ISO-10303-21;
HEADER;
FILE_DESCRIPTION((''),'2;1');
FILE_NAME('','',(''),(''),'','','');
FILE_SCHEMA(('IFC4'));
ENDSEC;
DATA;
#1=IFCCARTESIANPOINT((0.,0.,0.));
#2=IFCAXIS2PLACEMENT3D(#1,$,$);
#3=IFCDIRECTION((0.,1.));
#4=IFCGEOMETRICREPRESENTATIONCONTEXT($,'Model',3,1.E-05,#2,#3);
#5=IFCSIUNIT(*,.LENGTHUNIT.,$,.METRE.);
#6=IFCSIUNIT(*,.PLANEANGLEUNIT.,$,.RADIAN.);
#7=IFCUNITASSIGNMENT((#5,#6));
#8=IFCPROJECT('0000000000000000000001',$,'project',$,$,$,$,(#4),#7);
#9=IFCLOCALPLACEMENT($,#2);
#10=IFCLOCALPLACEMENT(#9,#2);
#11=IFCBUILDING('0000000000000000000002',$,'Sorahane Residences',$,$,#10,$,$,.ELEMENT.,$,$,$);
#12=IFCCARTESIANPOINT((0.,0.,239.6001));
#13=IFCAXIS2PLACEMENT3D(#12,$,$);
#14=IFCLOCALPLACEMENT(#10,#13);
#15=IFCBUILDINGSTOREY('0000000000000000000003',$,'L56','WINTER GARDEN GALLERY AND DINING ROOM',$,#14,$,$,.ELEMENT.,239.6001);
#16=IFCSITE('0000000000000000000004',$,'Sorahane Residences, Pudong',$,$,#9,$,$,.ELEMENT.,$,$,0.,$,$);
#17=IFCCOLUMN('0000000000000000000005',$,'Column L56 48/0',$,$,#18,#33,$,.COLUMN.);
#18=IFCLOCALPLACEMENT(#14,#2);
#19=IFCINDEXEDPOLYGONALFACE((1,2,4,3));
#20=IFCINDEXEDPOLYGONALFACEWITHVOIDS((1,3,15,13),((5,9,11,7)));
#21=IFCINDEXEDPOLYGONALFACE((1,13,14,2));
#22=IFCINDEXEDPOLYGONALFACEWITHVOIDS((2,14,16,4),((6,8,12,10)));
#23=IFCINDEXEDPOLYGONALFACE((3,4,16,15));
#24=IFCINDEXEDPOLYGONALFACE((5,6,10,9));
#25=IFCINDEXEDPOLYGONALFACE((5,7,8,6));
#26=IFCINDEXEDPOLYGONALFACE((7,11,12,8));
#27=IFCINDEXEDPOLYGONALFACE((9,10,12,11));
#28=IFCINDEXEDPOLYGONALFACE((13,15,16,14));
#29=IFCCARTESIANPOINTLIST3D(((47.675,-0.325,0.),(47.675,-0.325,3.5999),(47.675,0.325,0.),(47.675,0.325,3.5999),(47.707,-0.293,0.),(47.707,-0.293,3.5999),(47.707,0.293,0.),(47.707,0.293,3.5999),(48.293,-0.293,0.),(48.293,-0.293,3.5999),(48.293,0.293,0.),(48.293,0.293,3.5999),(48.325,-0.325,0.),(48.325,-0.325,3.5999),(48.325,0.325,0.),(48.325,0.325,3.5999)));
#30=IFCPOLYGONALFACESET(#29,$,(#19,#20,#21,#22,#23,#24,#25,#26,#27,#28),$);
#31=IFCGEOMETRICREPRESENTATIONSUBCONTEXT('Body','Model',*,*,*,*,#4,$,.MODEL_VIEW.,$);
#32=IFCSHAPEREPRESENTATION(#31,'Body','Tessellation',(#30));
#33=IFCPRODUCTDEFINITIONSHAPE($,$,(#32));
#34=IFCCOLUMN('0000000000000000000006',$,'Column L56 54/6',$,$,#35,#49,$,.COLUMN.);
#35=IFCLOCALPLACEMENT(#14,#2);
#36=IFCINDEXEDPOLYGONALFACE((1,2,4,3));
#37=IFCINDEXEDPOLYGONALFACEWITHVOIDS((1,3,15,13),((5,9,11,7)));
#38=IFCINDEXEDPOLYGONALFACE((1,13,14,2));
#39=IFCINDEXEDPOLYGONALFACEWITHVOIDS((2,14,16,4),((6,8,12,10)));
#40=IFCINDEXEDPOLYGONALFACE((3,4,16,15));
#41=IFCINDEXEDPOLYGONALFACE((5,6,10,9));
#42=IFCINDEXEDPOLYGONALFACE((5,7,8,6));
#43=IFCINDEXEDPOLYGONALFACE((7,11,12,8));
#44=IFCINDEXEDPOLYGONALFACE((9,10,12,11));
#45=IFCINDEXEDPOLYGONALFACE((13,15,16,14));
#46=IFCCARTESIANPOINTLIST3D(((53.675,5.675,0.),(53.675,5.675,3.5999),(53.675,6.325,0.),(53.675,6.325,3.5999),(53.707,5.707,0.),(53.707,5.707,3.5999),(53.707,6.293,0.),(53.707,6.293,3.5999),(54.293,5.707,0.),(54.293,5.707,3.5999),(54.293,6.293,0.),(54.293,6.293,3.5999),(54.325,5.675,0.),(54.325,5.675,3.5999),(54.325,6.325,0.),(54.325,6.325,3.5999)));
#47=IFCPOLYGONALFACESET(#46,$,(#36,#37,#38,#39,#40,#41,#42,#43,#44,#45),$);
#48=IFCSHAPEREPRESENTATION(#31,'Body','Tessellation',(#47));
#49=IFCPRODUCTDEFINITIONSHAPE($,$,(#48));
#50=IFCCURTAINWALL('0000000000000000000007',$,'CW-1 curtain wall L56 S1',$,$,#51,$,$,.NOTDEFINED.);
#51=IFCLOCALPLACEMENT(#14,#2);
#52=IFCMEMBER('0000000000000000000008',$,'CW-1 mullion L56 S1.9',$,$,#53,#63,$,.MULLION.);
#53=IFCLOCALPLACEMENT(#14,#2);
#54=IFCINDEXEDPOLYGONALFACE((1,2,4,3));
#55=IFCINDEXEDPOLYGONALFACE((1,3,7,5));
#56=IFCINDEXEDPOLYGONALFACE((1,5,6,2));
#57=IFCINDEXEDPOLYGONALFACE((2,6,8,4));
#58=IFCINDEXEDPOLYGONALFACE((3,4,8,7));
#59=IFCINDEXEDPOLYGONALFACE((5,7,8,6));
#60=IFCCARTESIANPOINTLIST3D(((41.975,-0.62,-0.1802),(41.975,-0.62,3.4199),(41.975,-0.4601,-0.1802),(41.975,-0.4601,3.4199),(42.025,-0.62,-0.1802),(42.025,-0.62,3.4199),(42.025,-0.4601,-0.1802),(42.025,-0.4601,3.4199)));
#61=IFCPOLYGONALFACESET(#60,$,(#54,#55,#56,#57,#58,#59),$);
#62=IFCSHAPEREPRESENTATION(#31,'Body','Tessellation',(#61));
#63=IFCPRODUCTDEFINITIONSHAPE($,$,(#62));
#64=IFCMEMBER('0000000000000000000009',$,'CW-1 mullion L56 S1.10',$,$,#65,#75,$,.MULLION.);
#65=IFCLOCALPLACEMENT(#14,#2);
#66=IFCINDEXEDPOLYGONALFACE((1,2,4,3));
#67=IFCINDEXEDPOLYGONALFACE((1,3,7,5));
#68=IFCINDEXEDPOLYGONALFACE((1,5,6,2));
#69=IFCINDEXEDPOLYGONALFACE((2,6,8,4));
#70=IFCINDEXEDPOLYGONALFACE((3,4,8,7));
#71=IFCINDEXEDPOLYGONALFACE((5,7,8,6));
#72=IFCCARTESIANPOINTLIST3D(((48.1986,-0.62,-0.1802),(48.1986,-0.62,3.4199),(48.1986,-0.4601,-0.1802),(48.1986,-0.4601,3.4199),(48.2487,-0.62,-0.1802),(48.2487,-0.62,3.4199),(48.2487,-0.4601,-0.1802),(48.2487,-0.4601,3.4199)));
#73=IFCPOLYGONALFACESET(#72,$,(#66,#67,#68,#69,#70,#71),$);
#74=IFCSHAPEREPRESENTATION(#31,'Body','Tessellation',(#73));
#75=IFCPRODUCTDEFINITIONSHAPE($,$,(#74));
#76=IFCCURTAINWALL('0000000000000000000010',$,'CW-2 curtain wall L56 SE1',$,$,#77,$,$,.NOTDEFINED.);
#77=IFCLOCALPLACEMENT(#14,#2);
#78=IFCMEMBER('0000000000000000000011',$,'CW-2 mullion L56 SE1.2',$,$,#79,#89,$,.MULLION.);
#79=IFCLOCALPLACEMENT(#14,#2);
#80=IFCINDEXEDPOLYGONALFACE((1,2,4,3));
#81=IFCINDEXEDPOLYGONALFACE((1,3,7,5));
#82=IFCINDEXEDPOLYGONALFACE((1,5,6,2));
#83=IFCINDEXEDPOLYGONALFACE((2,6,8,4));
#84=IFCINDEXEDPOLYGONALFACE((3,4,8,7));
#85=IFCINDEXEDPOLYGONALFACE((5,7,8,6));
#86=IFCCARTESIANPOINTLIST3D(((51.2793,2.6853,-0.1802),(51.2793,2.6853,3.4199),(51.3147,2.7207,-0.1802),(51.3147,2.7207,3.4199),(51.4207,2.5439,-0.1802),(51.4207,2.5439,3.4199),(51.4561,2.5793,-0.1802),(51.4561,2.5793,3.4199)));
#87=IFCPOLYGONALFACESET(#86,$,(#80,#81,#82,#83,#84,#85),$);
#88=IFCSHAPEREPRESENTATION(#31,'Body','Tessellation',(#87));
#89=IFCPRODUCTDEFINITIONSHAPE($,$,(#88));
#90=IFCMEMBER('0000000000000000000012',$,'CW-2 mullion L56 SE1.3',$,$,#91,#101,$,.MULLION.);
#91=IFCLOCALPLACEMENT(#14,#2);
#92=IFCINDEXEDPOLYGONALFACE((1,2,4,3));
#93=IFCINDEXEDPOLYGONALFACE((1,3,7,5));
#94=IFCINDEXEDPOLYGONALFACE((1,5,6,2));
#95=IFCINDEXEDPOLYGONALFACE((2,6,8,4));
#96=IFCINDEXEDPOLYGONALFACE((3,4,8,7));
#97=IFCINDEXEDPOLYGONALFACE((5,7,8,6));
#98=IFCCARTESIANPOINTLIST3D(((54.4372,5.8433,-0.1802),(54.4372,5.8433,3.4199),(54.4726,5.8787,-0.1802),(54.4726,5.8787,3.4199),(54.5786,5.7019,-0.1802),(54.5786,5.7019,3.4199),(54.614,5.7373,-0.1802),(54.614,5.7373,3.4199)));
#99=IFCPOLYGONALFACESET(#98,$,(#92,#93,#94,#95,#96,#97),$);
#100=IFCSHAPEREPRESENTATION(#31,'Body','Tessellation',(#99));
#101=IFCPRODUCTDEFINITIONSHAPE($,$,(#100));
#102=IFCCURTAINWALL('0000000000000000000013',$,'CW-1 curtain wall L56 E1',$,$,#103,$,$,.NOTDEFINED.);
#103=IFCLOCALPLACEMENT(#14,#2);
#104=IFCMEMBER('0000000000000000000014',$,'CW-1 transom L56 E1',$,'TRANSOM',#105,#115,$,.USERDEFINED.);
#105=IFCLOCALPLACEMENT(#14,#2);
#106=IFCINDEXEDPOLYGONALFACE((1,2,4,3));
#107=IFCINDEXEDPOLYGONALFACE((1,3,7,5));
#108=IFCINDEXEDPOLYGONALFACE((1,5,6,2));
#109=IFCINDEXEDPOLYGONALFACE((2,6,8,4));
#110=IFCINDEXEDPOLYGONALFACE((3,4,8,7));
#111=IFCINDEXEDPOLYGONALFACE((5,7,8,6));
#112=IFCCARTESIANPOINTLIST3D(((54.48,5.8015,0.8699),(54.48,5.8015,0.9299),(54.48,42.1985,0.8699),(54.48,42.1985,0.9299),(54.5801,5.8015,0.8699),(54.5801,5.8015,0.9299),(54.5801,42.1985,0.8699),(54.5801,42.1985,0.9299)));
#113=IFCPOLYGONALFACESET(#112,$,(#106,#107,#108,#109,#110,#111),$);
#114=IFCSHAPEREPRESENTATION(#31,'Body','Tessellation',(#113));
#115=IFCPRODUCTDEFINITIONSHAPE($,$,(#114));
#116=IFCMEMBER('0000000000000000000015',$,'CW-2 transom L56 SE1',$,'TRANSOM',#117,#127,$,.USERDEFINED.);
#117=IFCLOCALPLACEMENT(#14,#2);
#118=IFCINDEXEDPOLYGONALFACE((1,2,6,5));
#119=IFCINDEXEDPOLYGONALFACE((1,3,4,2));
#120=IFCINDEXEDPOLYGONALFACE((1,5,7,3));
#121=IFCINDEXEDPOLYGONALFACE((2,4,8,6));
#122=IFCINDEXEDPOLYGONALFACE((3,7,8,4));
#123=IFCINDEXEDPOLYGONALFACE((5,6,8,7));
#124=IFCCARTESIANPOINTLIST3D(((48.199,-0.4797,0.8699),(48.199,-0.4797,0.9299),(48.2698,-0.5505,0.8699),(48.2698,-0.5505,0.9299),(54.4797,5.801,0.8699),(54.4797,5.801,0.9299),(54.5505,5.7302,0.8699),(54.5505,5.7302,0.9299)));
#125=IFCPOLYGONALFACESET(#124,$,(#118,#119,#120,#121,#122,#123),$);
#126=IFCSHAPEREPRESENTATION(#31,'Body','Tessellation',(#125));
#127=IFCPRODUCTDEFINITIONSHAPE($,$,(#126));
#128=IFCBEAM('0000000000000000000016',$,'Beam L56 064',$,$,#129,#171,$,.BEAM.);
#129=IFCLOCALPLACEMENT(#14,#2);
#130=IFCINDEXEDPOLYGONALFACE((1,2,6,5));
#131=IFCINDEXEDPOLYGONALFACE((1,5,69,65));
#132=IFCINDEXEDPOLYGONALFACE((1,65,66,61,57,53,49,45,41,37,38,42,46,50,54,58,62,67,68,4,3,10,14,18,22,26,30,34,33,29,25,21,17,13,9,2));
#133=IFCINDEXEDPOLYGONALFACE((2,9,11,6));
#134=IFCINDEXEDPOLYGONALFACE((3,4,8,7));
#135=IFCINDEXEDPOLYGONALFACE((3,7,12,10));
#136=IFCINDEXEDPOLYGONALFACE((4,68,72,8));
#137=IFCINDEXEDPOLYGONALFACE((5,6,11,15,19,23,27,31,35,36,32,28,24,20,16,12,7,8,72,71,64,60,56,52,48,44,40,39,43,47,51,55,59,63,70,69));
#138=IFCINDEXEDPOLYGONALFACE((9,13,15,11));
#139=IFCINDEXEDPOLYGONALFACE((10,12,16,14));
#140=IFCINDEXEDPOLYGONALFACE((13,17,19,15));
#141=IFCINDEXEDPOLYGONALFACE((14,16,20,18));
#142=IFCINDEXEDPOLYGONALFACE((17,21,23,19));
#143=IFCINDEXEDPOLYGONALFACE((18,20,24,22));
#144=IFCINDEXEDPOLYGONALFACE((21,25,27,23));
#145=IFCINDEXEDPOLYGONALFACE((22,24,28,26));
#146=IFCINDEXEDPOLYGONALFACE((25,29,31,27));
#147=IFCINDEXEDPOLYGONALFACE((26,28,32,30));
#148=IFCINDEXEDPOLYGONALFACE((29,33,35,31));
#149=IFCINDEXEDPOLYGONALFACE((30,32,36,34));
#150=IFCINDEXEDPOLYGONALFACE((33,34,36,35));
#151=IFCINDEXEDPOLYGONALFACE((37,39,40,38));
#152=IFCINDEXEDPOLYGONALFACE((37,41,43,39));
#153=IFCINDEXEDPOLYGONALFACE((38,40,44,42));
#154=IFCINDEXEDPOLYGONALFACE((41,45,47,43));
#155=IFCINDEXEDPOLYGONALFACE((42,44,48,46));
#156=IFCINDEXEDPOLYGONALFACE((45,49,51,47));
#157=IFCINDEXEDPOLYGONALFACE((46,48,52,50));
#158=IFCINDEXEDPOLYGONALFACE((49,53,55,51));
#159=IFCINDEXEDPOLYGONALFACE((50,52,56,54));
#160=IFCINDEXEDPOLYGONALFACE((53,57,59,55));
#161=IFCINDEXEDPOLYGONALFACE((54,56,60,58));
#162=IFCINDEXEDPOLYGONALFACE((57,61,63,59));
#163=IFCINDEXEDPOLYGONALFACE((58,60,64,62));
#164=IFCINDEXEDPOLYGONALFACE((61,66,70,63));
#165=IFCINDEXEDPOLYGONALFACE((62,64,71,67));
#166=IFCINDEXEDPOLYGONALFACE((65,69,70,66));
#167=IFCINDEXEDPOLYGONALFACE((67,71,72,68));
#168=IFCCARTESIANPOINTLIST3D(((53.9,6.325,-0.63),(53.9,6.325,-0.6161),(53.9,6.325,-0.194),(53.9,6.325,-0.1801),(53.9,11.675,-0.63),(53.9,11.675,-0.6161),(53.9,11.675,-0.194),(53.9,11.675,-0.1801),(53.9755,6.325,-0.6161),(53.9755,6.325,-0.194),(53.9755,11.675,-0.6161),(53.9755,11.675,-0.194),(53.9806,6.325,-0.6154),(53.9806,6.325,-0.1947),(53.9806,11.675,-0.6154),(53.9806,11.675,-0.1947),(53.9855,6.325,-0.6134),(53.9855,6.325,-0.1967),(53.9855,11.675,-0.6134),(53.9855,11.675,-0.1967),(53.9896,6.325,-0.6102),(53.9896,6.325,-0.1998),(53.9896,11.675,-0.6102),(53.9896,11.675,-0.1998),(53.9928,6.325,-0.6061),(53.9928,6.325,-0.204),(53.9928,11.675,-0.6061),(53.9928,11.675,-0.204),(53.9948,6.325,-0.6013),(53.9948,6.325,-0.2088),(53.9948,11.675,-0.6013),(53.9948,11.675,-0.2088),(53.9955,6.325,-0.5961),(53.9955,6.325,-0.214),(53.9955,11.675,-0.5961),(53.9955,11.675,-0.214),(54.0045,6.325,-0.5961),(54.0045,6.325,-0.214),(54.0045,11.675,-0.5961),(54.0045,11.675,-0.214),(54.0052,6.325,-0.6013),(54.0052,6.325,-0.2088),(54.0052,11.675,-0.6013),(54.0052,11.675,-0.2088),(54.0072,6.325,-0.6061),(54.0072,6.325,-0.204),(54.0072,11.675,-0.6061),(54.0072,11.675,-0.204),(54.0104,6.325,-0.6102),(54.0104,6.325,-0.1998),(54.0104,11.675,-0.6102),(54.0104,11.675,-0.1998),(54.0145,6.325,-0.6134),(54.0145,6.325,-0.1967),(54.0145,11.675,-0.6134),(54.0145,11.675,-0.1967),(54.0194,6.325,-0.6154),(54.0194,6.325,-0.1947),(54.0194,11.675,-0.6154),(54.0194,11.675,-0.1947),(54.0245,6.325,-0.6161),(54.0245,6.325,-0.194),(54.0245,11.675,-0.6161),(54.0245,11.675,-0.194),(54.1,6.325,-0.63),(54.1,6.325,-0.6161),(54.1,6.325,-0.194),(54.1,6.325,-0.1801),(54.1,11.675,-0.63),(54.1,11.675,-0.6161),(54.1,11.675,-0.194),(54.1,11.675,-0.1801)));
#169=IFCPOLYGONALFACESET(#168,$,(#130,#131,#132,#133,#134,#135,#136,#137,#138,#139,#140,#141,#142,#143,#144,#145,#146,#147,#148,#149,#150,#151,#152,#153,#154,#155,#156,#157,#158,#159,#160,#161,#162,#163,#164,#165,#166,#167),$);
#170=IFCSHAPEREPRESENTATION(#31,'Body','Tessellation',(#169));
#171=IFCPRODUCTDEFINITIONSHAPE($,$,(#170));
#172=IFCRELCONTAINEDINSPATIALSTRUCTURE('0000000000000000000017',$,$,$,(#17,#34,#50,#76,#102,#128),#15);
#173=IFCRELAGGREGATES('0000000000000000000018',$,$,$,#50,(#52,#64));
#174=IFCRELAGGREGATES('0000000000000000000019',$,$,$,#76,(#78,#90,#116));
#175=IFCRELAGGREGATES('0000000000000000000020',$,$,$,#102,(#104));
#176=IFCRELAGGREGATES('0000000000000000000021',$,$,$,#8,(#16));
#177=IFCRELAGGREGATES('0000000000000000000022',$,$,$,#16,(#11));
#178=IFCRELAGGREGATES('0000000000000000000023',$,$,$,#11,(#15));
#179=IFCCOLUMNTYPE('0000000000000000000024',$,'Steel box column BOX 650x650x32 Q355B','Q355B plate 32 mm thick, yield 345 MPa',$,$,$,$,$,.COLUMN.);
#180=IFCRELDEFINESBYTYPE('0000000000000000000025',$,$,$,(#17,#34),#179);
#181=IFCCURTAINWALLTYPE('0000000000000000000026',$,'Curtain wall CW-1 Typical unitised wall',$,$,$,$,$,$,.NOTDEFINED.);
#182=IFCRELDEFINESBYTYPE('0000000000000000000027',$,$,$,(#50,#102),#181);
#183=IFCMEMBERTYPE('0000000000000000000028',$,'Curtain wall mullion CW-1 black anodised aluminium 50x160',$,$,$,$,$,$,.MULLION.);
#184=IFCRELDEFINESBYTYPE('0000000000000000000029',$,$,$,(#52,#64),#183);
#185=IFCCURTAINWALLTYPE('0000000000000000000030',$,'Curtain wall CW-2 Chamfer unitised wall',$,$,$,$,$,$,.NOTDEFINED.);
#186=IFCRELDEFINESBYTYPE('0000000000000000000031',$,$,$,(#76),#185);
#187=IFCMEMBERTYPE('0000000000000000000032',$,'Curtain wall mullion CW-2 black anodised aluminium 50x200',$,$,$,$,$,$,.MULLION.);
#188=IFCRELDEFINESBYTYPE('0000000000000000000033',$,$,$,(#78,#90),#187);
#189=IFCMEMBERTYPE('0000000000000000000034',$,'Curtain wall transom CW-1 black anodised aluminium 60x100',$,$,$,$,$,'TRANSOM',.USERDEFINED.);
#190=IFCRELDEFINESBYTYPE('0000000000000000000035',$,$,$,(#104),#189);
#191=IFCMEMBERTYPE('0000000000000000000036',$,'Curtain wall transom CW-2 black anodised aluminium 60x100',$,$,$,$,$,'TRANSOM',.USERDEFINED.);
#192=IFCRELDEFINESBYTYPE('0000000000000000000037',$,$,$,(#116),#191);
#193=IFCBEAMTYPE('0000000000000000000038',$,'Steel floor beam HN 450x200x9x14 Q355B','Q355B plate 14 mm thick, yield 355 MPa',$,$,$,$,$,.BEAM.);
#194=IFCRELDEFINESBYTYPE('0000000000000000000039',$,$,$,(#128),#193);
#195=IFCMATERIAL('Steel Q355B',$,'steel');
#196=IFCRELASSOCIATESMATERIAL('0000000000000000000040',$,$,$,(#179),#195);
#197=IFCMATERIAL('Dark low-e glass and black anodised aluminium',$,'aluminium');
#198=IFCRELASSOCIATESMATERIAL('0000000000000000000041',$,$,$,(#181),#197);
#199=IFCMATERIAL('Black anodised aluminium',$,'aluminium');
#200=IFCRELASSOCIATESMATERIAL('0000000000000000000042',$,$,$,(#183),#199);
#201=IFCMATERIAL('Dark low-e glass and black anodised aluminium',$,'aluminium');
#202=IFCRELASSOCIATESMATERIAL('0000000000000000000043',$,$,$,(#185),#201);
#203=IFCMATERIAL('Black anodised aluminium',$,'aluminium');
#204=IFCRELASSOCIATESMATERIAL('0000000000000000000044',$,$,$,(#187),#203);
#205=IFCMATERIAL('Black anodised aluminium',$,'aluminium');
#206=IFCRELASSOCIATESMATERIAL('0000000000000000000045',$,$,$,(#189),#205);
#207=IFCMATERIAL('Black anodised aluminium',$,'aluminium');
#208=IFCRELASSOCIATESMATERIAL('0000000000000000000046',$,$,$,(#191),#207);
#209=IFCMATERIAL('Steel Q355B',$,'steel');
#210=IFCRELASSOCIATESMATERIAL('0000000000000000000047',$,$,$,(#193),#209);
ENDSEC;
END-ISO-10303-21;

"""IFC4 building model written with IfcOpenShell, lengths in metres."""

from ifc_helpers import new_model, si_unit, direction, frame, origin, origin_2d, place, context, subcontext, project, spatial, rectangle, hollow_rectangle, i_section, extrude, material, material_profile, profile_set, type_object, element, aggregate, save


model = new_model("IFC4")

# Units and contexts
model_context = context("Model", 3, precision=1e-05, world=origin(), true_north=direction((0.0, 1.0)))
body_context = subcontext(model_context, "Body", "Model", "MODEL_VIEW")
ifc_project = project(units=[si_unit("LENGTHUNIT", "METRE"), si_unit("PLANEANGLEUNIT", "RADIAN")], contexts=[model_context])

# Site, building, storey
site_placement = place(None, origin())
site = spatial("IfcSite", under=ifc_project, at=site_placement, Name="Sorahane Residences, Pudong", CompositionType="ELEMENT", RefElevation=0.0)
building_placement = place(site_placement, origin())
building = spatial("IfcBuilding", under=site, at=building_placement, Name="Sorahane Residences", CompositionType="ELEMENT")
storey_placement = place(building_placement, frame((0.0, 0.0, 239.6001)))
storey = spatial("IfcBuildingStorey", under=building, at=storey_placement, Name="L56", Description="WINTER GARDEN GALLERY AND DINING ROOM", CompositionType="ELEMENT", Elevation=239.6001)

# Columns
ifc_material_1 = material(Name="Steel Q355B", Category="steel")
ifc_material_profile_1 = material_profile(ifc_material_1, hollow_rectangle(XDim=0.6499, YDim=0.6499, WallThickness=0.032, at=origin_2d()), Name="BOX 650x650x32")
ifc_profile_set_1 = profile_set([ifc_material_profile_1], Name="Steel Q355B")
column_type = type_object("IfcColumnType", Name="Steel box column BOX 650x650x32 Q355B", Description="Q355B plate 32 mm thick, yield 345 MPa", PredefinedType="COLUMN", material=ifc_profile_set_1)
for number, where, z_axis, x_axis, name in (
    (1, (48.0, 0.0, 0.0), (0.0, 0.0, 1.0), (1.0, 0.0, 0.0), "Column L56 48/0"),
    (2, (54.0, 6.0, 0.0), (0.0, 0.0, 1.0), (1.0, 0.0, 0.0), "Column L56 54/6"),
):
    element("IfcColumn", number, at=place(storey_placement, frame(where, z_axis=z_axis, x_axis=x_axis)), inside=storey, type_object=column_type, Name=name, PredefinedType="COLUMN", context=body_context, shape_type="SweptSolid", body=[
        extrude(hollow_rectangle(XDim=0.6499, YDim=0.6499, WallThickness=0.032, at=origin_2d()), origin(), (0.0, 0.0, 1.0), 3.5999),
    ])

# Curtain walls, members
ifc_material_2 = material(Name="Dark low-e glass and black anodised aluminium", Category="aluminium")
curtain_wall_type_1 = type_object("IfcCurtainWallType", Name="Curtain wall CW-1 Typical unitised wall", PredefinedType="NOTDEFINED", material=ifc_material_2)
curtain_wall_1_placement = place(storey_placement, origin())
curtain_wall_1 = element("IfcCurtainWall", 3, at=curtain_wall_1_placement, inside=storey, type_object=curtain_wall_type_1, Name="CW-1 curtain wall L56 S1", PredefinedType="NOTDEFINED")
ifc_material_3 = material(Name="Black anodised aluminium", Category="aluminium")
ifc_material_profile_2 = material_profile(ifc_material_3, rectangle(XDim=0.1599, YDim=0.05, at=origin_2d()), Name="Curtain wall mullion CW-1 black anodised aluminium 50x160")
ifc_profile_set_2 = profile_set([ifc_material_profile_2], Name="Black anodised aluminium")
member_type_1 = type_object("IfcMemberType", Name="Curtain wall mullion CW-1 black anodised aluminium 50x160", PredefinedType="MULLION", material=ifc_profile_set_2)
member_1_placement = place(storey_placement, frame((42.0, -0.54, -0.1802), z_axis=(0.0, 0.0, 1.0), x_axis=(0.0, -1.0, 0.0)))
member_1 = element("IfcMember", 4, at=member_1_placement, type_object=member_type_1, Name="CW-1 mullion L56 S1.9", PredefinedType="MULLION", context=body_context, shape_type="SweptSolid", body=[
    extrude(rectangle(XDim=0.1599, YDim=0.05, at=origin_2d()), origin(), (0.0, 0.0, 1.0), 3.6001),
])
member_2_placement = place(storey_placement, frame((48.2236, -0.54, -0.1802), z_axis=(0.0, 0.0, 1.0), x_axis=(0.0, -1.0, 0.0)))
member_2 = element("IfcMember", 5, at=member_2_placement, type_object=member_type_1, Name="CW-1 mullion L56 S1.10", PredefinedType="MULLION", context=body_context, shape_type="SweptSolid", body=[
    extrude(rectangle(XDim=0.1599, YDim=0.05, at=origin_2d()), origin(), (0.0, 0.0, 1.0), 3.6001),
])
ifc_material_4 = material(Name="Dark low-e glass and black anodised aluminium", Category="aluminium")
curtain_wall_type_2 = type_object("IfcCurtainWallType", Name="Curtain wall CW-2 Chamfer unitised wall", PredefinedType="NOTDEFINED", material=ifc_material_4)
curtain_wall_2_placement = place(storey_placement, origin())
curtain_wall_2 = element("IfcCurtainWall", 6, at=curtain_wall_2_placement, inside=storey, type_object=curtain_wall_type_2, Name="CW-2 curtain wall L56 SE1", PredefinedType="NOTDEFINED")
ifc_material_5 = material(Name="Black anodised aluminium", Category="aluminium")
ifc_material_profile_3 = material_profile(ifc_material_5, rectangle(XDim=0.2, YDim=0.05, at=origin_2d()), Name="Curtain wall mullion CW-2 black anodised aluminium 50x200")
ifc_profile_set_3 = profile_set([ifc_material_profile_3], Name="Black anodised aluminium")
member_type_2 = type_object("IfcMemberType", Name="Curtain wall mullion CW-2 black anodised aluminium 50x200", PredefinedType="MULLION", material=ifc_profile_set_3)
member_3_placement = place(storey_placement, frame((51.3677, 2.6323, -0.1802), z_axis=(0.0, 0.0, 1.0), x_axis=(0.707107, -0.707107, 0.0)))
member_3 = element("IfcMember", 7, at=member_3_placement, type_object=member_type_2, Name="CW-2 mullion L56 SE1.2", PredefinedType="MULLION", context=body_context, shape_type="SweptSolid", body=[
    extrude(rectangle(XDim=0.2, YDim=0.05, at=origin_2d()), origin(), (0.0, 0.0, 1.0), 3.6001),
])
member_4_placement = place(storey_placement, frame((54.5256, 5.7903, -0.1802), z_axis=(0.0, 0.0, 1.0), x_axis=(0.707107, -0.707107, 0.0)))
member_4 = element("IfcMember", 8, at=member_4_placement, type_object=member_type_2, Name="CW-2 mullion L56 SE1.3", PredefinedType="MULLION", context=body_context, shape_type="SweptSolid", body=[
    extrude(rectangle(XDim=0.2, YDim=0.05, at=origin_2d()), origin(), (0.0, 0.0, 1.0), 3.6001),
])

# Curtain wall, member
curtain_wall_3_placement = place(storey_placement, origin())
curtain_wall_3 = element("IfcCurtainWall", 9, at=curtain_wall_3_placement, inside=storey, type_object=curtain_wall_type_1, Name="CW-1 curtain wall L56 E1", PredefinedType="NOTDEFINED")
ifc_material_6 = material(Name="Black anodised aluminium", Category="aluminium")
ifc_material_profile_4 = material_profile(ifc_material_6, rectangle(XDim=0.1001, YDim=0.0601, at=origin_2d()), Name="Curtain wall transom CW-1 black anodised aluminium 60x100")
ifc_profile_set_4 = profile_set([ifc_material_profile_4], Name="Black anodised aluminium")
member_type_3 = type_object("IfcMemberType", Name="Curtain wall transom CW-1 black anodised aluminium 60x100", ElementType="TRANSOM", PredefinedType="USERDEFINED", material=ifc_profile_set_4)
member_5_placement = place(storey_placement, frame((54.53, 5.8015, 0.8999), z_axis=(0.0, 1.0, 0.0), x_axis=(-1.0, 0.0, 0.0)))
member_5 = element("IfcMember", 10, at=member_5_placement, type_object=member_type_3, Name="CW-1 transom L56 E1", ObjectType="TRANSOM", PredefinedType="USERDEFINED", context=body_context, shape_type="SweptSolid", body=[
    extrude(rectangle(XDim=0.1001, YDim=0.0601, at=origin_2d()), origin(), (0.0, 0.0, 1.0), 36.397),
])

# Member
ifc_material_7 = material(Name="Black anodised aluminium", Category="aluminium")
ifc_material_profile_5 = material_profile(ifc_material_7, rectangle(XDim=0.1001, YDim=0.0601, at=origin_2d()), Name="Curtain wall transom CW-2 black anodised aluminium 60x100")
ifc_profile_set_5 = profile_set([ifc_material_profile_5], Name="Black anodised aluminium")
member_type_4 = type_object("IfcMemberType", Name="Curtain wall transom CW-2 black anodised aluminium 60x100", ElementType="TRANSOM", PredefinedType="USERDEFINED", material=ifc_profile_set_5)
member_6_placement = place(storey_placement, frame((48.2344, -0.5151, 0.8999), z_axis=(0.707107, 0.707107, 0.0), x_axis=(-0.707107, 0.707107, 0.0)))
member_6 = element("IfcMember", 11, at=member_6_placement, type_object=member_type_4, Name="CW-2 transom L56 SE1", ObjectType="TRANSOM", PredefinedType="USERDEFINED", context=body_context, shape_type="SweptSolid", body=[
    extrude(rectangle(XDim=0.1001, YDim=0.0601, at=origin_2d()), origin(), (0.0, 0.0, 1.0), 8.8823),
])

# Beam
ifc_material_8 = material(Name="Steel Q355B", Category="steel")
ifc_material_profile_6 = material_profile(ifc_material_8, i_section(OverallWidth=0.2, OverallDepth=0.45, WebThickness=0.009, FlangeThickness=0.0139, FilletRadius=0.02, at=origin_2d()), Name="HN 450x200x9x14")
ifc_profile_set_6 = profile_set([ifc_material_profile_6], Name="Steel Q355B")
beam_type_1 = type_object("IfcBeamType", Name="Steel floor beam HN 450x200x9x14 Q355B", Description="Q355B plate 14 mm thick, yield 355 MPa", PredefinedType="BEAM", material=ifc_profile_set_6)
beam_1_placement = place(storey_placement, frame((54.0, 6.325, -0.405), z_axis=(0.0, 1.0, 0.0), x_axis=(-1.0, 0.0, 0.0)))
element("IfcBeam", 12, at=beam_1_placement, inside=storey, type_object=beam_type_1, Name="Beam L56 064", PredefinedType="BEAM", context=body_context, shape_type="SweptSolid", body=[
    extrude(i_section(OverallWidth=0.2, OverallDepth=0.45, WebThickness=0.009, FlangeThickness=0.0139, FilletRadius=0.02, at=origin_2d()), origin(), (0.0, 0.0, 1.0), 5.3501),
])

aggregate(curtain_wall_1, [member_1, member_2])
aggregate(curtain_wall_2, [member_3, member_4, member_6])
aggregate(curtain_wall_3, [member_5])

save(model, "model.ifc")
